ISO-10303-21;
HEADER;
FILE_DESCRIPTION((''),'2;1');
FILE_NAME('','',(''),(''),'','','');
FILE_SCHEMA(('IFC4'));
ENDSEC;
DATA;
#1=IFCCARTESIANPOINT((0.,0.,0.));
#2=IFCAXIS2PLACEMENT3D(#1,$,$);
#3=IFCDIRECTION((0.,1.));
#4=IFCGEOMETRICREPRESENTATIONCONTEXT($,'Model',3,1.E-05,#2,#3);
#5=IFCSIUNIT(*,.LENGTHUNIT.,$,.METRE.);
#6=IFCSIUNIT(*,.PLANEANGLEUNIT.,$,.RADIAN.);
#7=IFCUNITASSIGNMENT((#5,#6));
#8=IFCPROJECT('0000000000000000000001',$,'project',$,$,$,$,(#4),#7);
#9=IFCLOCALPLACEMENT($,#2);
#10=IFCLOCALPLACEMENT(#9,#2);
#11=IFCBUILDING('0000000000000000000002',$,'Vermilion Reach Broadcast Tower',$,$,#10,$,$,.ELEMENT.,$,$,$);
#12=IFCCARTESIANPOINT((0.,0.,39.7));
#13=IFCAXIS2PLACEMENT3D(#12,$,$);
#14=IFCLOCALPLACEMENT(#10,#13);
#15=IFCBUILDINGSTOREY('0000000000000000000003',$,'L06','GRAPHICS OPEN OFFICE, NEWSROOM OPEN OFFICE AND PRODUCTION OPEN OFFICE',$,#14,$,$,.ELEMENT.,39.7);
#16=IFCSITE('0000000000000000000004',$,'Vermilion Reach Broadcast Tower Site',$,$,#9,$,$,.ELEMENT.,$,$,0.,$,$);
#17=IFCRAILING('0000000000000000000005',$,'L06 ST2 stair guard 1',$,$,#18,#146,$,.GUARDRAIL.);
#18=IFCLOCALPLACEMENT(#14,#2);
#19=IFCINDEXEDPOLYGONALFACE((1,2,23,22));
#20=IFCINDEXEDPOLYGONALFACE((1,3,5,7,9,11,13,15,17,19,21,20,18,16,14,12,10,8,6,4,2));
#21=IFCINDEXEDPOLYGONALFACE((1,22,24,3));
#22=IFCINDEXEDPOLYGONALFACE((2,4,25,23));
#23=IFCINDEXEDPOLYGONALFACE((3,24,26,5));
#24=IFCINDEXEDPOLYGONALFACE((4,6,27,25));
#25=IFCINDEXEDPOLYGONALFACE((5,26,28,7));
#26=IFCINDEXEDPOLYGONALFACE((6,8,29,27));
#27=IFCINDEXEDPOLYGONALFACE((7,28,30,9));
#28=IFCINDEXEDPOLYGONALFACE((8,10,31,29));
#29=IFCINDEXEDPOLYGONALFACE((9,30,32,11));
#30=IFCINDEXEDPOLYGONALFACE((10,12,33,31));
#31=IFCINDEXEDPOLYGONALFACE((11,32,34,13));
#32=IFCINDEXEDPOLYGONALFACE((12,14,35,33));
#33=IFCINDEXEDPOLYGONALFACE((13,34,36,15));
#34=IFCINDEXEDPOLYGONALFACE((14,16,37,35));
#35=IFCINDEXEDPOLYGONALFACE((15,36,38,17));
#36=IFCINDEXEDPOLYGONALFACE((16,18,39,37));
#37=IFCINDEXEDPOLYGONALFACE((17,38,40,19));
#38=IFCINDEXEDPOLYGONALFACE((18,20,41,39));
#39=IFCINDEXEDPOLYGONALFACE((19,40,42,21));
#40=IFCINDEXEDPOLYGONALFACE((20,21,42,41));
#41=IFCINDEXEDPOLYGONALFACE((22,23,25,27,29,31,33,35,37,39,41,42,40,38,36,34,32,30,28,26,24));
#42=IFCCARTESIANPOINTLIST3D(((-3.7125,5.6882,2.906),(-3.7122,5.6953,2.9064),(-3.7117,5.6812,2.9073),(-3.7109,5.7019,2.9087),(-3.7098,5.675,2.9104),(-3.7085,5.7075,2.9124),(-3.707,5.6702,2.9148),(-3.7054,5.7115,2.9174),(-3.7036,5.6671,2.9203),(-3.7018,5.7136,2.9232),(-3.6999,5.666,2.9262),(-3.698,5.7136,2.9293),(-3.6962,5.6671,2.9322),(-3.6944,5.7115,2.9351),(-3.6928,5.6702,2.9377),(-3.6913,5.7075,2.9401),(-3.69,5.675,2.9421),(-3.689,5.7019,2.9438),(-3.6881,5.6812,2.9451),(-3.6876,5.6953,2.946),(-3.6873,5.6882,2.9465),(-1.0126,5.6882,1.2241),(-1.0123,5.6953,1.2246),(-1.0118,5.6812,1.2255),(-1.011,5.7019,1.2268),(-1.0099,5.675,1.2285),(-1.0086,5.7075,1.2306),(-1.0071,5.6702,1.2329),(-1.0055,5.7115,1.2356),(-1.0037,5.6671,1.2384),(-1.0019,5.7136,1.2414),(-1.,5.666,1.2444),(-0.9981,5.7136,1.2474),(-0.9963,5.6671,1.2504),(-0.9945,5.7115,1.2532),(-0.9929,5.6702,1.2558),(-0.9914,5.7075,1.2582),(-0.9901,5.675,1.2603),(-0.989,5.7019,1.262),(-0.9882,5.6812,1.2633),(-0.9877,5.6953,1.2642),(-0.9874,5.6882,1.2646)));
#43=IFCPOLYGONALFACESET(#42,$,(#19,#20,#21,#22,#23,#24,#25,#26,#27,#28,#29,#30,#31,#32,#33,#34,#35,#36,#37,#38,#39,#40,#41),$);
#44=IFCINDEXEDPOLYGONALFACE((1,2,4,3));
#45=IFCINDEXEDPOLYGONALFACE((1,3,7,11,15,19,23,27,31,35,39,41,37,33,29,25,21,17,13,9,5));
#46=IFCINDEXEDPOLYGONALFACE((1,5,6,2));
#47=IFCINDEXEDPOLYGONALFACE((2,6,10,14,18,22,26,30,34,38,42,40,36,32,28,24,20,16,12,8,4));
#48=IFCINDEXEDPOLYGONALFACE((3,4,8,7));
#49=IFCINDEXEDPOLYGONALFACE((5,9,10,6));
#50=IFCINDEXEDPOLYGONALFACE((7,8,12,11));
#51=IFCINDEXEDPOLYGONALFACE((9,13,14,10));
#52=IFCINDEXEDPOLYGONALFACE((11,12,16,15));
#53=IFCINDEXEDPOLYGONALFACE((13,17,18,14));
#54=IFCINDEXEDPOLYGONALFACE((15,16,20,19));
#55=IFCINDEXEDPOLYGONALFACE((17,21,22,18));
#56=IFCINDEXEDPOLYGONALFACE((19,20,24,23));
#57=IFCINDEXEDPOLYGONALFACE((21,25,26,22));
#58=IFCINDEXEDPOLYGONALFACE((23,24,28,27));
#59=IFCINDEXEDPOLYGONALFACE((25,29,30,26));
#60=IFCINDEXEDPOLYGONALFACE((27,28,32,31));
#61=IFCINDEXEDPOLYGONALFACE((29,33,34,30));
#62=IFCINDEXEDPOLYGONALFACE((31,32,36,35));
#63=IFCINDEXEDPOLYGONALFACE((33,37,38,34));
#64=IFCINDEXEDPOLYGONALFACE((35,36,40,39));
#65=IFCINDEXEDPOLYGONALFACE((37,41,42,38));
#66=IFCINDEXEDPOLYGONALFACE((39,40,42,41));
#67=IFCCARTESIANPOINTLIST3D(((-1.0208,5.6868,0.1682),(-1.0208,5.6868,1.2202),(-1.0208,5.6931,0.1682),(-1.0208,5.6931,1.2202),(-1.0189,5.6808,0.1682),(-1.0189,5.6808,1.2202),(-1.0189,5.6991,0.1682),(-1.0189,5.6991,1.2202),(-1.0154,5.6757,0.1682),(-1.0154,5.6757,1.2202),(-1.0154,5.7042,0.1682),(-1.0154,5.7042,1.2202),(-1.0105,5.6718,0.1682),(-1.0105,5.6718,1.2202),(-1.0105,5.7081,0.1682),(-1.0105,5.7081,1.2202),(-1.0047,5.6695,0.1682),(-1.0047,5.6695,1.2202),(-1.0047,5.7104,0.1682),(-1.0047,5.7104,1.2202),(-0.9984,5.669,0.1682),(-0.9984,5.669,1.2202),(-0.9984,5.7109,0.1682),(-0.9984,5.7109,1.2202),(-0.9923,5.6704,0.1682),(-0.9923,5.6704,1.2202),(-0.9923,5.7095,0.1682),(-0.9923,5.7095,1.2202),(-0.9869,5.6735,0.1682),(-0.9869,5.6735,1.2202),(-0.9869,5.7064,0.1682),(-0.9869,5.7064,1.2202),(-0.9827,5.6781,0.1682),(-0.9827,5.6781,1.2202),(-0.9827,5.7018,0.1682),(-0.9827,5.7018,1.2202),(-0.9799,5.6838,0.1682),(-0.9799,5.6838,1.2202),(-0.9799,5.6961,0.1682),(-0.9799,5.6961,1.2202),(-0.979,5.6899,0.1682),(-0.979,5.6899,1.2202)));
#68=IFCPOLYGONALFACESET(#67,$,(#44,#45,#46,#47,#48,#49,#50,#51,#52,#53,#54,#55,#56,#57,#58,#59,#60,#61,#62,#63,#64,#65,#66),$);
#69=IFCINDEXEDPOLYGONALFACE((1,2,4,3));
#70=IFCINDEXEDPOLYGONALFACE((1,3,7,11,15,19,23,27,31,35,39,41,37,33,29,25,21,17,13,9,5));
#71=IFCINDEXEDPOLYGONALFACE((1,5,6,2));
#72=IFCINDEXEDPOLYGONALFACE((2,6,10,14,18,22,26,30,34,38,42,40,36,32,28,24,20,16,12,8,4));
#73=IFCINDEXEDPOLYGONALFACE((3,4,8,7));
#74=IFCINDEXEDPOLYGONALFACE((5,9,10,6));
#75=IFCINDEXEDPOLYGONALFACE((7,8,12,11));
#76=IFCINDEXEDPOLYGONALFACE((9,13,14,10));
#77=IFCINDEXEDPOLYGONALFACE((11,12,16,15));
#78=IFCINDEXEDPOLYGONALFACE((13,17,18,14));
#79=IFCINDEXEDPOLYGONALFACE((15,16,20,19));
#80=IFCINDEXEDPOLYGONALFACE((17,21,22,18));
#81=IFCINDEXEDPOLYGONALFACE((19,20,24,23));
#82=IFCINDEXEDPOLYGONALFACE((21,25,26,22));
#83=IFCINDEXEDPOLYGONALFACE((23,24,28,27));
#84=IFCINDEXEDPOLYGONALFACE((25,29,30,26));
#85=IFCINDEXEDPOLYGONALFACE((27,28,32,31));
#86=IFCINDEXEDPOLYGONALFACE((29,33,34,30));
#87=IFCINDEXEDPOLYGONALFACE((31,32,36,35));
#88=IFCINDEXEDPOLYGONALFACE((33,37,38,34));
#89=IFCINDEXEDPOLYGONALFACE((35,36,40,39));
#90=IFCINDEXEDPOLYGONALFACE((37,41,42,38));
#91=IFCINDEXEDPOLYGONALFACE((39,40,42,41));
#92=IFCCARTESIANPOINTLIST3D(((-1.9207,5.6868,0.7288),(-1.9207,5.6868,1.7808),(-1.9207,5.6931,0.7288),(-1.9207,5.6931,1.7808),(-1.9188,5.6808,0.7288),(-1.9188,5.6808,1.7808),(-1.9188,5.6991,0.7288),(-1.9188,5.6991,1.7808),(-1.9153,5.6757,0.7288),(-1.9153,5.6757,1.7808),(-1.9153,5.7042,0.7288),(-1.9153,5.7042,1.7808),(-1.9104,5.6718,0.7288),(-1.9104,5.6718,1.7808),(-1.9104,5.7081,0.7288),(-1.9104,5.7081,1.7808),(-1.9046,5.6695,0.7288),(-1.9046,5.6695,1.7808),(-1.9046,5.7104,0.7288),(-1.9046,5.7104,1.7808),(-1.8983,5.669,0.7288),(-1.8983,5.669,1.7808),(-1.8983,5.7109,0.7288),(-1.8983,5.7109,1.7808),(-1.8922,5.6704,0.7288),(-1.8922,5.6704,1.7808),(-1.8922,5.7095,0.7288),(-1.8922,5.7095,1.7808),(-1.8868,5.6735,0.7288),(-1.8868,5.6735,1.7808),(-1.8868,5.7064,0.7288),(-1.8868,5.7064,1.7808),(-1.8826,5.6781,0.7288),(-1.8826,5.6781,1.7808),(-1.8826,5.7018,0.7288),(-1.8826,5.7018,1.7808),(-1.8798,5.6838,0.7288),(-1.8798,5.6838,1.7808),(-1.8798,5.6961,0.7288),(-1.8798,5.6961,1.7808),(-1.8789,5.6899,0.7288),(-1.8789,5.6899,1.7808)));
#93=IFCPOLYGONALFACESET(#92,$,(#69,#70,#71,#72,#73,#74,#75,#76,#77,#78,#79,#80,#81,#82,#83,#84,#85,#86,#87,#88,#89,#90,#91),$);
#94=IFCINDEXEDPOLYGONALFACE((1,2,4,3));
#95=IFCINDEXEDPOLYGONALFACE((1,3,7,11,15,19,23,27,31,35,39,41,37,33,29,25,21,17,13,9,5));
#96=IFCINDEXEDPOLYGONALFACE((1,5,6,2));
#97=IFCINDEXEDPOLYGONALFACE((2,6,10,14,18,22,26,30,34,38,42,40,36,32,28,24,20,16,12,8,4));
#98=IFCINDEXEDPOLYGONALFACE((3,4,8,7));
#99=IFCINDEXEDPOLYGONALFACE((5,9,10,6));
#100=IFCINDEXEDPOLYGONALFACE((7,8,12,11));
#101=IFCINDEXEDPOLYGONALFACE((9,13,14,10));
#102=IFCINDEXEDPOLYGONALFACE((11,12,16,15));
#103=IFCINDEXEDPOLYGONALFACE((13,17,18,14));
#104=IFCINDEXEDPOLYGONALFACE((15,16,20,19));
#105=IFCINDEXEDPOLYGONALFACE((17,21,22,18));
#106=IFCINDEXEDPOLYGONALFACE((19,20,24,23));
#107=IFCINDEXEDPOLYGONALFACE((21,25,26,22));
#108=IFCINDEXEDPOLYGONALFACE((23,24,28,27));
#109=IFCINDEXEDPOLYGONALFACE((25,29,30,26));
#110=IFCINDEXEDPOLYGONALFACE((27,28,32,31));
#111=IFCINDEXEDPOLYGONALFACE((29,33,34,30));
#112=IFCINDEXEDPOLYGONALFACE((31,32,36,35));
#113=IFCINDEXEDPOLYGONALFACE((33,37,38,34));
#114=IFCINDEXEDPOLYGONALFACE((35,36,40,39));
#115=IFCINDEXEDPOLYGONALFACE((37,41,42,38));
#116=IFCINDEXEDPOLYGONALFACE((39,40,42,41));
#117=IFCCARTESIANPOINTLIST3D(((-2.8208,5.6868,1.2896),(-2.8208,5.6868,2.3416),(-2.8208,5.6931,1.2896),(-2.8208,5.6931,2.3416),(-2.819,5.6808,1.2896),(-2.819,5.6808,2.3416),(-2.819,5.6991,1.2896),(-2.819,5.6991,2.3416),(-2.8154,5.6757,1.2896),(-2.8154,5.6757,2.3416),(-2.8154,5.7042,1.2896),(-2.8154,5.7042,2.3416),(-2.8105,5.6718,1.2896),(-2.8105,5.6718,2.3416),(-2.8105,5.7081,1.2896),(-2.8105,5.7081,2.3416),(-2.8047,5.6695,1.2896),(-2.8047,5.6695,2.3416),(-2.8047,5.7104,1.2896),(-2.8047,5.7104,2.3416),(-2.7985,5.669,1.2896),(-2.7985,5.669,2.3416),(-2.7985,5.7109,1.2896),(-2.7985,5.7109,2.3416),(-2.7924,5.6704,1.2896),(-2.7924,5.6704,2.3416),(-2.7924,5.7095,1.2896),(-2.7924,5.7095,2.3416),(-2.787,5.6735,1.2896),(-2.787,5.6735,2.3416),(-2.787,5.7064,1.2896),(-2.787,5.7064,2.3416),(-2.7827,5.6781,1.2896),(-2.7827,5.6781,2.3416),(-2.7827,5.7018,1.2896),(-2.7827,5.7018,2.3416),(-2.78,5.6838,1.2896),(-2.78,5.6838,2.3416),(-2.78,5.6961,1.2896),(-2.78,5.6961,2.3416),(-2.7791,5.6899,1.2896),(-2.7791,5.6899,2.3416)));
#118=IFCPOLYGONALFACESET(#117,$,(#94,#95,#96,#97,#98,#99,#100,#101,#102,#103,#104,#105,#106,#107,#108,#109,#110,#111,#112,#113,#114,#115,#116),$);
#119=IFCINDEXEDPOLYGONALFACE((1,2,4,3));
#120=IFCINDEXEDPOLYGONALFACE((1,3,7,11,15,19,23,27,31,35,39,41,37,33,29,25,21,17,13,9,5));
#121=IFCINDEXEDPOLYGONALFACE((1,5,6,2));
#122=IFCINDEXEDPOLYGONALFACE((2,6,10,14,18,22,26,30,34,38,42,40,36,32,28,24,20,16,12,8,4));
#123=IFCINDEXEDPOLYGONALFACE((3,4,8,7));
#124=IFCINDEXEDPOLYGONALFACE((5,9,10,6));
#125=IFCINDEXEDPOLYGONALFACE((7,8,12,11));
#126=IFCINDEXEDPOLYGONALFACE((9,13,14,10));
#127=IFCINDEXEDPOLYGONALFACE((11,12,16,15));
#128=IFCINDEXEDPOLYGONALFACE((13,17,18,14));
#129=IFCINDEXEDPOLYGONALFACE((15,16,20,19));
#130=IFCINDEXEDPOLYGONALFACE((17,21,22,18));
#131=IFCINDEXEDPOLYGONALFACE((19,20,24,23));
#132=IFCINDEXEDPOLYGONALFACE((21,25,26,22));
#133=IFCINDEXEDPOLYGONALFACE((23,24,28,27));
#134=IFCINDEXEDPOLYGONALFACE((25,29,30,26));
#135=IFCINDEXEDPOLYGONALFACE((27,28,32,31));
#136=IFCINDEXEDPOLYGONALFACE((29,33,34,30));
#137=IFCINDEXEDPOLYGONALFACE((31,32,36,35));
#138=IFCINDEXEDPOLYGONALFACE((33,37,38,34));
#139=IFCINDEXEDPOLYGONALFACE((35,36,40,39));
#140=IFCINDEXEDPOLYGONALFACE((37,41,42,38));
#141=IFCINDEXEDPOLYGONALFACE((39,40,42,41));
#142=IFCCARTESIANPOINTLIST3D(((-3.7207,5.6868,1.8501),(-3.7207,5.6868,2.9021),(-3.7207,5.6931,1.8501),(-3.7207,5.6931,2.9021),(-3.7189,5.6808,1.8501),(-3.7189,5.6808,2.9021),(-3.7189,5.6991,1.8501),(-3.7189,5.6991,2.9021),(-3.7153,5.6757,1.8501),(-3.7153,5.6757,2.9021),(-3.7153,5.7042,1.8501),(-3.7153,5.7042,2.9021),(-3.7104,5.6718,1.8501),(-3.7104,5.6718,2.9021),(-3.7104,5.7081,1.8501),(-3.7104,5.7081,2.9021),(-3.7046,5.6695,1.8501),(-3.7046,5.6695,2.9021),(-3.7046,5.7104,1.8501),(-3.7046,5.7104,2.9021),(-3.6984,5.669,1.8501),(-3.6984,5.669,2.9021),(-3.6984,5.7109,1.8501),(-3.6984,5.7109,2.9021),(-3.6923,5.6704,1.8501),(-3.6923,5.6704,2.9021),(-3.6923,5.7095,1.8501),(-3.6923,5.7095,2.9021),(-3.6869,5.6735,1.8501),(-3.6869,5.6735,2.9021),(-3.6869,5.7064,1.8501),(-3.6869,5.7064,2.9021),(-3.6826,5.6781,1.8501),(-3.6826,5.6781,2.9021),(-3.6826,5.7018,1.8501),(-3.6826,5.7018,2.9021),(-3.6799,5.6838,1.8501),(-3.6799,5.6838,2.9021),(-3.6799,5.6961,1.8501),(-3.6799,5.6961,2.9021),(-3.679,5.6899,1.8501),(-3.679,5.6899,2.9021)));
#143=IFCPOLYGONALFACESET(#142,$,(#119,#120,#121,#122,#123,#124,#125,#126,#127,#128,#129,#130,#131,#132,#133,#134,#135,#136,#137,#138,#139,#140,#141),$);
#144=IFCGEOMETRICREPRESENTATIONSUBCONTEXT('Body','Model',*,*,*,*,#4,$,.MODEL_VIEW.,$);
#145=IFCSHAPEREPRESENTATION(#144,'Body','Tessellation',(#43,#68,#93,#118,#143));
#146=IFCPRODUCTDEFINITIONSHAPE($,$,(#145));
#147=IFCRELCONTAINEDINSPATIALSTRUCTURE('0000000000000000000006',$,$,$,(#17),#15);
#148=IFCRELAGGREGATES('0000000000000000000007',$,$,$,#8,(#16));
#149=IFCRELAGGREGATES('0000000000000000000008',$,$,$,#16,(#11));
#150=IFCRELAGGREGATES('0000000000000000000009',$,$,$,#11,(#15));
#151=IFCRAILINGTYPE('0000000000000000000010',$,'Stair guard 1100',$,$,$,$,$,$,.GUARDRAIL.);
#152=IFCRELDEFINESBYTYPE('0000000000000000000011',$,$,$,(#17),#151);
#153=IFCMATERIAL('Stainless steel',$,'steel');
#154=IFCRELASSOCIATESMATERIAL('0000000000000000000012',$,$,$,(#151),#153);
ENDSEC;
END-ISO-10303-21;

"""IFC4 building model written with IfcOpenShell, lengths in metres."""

from ifc_helpers import new_model, si_unit, direction, frame, origin, origin_2d, place, context, subcontext, project, spatial, circle, extrude, material, type_object, element, save


model = new_model("IFC4")

# Units and contexts
model_context = context("Model", 3, precision=1e-05, world=origin(), true_north=direction((0.0, 1.0)))
body_context = subcontext(model_context, "Body", "Model", "MODEL_VIEW")
ifc_project = project(units=[si_unit("LENGTHUNIT", "METRE"), si_unit("PLANEANGLEUNIT", "RADIAN")], contexts=[model_context])

# Site, building, storey
site_placement = place(None, origin())
site = spatial("IfcSite", under=ifc_project, at=site_placement, Name="Vermilion Reach Broadcast Tower Site", CompositionType="ELEMENT", RefElevation=0.0)
building_placement = place(site_placement, origin())
building = spatial("IfcBuilding", under=site, at=building_placement, Name="Vermilion Reach Broadcast Tower", CompositionType="ELEMENT")
storey_placement = place(building_placement, frame((0.0, 0.0, 39.7)))
storey = spatial("IfcBuildingStorey", under=building, at=storey_placement, Name="L06", Description="GRAPHICS OPEN OFFICE, NEWSROOM OPEN OFFICE AND PRODUCTION OPEN OFFICE", CompositionType="ELEMENT", Elevation=39.7)

# Railing
ifc_material_1 = material(Name="Stainless steel", Category="steel")
railing_type_1 = type_object("IfcRailingType", Name="Stair guard 1100", PredefinedType="GUARDRAIL", material=ifc_material_1)
railing_1_placement = place(storey_placement, frame((-1.0, 5.6899, 0.1682)))
element("IfcRailing", 1, at=railing_1_placement, inside=storey, type_object=railing_type_1, Name="L06 ST2 stair guard 1", PredefinedType="GUARDRAIL", context=body_context, shape_type="SweptSolid", body=[
    extrude(circle(Radius=0.0239, at=origin_2d()), frame((0.0, 0.0, 1.0762), z_axis=(-0.848786, 0.0, 0.528736), x_axis=(0.0, -1.0, 0.0)), (0.0, 0.0, 1.0), 3.1809),
    extrude(circle(Radius=0.021, at=origin_2d()), origin(), (0.0, 0.0, 1.0), 1.052),
    extrude(circle(Radius=0.021, at=origin_2d()), frame((-0.8999, 0.0, 0.5605)), (0.0, 0.0, 1.0), 1.052),
    extrude(circle(Radius=0.021, at=origin_2d()), frame((-1.8, 0.0, 1.1213)), (0.0, 0.0, 1.0), 1.052),
    extrude(circle(Radius=0.021, at=origin_2d()), frame((-2.7, 0.0, 1.6819)), (0.0, 0.0, 1.0), 1.052),
])

save(model, "model.ifc")
